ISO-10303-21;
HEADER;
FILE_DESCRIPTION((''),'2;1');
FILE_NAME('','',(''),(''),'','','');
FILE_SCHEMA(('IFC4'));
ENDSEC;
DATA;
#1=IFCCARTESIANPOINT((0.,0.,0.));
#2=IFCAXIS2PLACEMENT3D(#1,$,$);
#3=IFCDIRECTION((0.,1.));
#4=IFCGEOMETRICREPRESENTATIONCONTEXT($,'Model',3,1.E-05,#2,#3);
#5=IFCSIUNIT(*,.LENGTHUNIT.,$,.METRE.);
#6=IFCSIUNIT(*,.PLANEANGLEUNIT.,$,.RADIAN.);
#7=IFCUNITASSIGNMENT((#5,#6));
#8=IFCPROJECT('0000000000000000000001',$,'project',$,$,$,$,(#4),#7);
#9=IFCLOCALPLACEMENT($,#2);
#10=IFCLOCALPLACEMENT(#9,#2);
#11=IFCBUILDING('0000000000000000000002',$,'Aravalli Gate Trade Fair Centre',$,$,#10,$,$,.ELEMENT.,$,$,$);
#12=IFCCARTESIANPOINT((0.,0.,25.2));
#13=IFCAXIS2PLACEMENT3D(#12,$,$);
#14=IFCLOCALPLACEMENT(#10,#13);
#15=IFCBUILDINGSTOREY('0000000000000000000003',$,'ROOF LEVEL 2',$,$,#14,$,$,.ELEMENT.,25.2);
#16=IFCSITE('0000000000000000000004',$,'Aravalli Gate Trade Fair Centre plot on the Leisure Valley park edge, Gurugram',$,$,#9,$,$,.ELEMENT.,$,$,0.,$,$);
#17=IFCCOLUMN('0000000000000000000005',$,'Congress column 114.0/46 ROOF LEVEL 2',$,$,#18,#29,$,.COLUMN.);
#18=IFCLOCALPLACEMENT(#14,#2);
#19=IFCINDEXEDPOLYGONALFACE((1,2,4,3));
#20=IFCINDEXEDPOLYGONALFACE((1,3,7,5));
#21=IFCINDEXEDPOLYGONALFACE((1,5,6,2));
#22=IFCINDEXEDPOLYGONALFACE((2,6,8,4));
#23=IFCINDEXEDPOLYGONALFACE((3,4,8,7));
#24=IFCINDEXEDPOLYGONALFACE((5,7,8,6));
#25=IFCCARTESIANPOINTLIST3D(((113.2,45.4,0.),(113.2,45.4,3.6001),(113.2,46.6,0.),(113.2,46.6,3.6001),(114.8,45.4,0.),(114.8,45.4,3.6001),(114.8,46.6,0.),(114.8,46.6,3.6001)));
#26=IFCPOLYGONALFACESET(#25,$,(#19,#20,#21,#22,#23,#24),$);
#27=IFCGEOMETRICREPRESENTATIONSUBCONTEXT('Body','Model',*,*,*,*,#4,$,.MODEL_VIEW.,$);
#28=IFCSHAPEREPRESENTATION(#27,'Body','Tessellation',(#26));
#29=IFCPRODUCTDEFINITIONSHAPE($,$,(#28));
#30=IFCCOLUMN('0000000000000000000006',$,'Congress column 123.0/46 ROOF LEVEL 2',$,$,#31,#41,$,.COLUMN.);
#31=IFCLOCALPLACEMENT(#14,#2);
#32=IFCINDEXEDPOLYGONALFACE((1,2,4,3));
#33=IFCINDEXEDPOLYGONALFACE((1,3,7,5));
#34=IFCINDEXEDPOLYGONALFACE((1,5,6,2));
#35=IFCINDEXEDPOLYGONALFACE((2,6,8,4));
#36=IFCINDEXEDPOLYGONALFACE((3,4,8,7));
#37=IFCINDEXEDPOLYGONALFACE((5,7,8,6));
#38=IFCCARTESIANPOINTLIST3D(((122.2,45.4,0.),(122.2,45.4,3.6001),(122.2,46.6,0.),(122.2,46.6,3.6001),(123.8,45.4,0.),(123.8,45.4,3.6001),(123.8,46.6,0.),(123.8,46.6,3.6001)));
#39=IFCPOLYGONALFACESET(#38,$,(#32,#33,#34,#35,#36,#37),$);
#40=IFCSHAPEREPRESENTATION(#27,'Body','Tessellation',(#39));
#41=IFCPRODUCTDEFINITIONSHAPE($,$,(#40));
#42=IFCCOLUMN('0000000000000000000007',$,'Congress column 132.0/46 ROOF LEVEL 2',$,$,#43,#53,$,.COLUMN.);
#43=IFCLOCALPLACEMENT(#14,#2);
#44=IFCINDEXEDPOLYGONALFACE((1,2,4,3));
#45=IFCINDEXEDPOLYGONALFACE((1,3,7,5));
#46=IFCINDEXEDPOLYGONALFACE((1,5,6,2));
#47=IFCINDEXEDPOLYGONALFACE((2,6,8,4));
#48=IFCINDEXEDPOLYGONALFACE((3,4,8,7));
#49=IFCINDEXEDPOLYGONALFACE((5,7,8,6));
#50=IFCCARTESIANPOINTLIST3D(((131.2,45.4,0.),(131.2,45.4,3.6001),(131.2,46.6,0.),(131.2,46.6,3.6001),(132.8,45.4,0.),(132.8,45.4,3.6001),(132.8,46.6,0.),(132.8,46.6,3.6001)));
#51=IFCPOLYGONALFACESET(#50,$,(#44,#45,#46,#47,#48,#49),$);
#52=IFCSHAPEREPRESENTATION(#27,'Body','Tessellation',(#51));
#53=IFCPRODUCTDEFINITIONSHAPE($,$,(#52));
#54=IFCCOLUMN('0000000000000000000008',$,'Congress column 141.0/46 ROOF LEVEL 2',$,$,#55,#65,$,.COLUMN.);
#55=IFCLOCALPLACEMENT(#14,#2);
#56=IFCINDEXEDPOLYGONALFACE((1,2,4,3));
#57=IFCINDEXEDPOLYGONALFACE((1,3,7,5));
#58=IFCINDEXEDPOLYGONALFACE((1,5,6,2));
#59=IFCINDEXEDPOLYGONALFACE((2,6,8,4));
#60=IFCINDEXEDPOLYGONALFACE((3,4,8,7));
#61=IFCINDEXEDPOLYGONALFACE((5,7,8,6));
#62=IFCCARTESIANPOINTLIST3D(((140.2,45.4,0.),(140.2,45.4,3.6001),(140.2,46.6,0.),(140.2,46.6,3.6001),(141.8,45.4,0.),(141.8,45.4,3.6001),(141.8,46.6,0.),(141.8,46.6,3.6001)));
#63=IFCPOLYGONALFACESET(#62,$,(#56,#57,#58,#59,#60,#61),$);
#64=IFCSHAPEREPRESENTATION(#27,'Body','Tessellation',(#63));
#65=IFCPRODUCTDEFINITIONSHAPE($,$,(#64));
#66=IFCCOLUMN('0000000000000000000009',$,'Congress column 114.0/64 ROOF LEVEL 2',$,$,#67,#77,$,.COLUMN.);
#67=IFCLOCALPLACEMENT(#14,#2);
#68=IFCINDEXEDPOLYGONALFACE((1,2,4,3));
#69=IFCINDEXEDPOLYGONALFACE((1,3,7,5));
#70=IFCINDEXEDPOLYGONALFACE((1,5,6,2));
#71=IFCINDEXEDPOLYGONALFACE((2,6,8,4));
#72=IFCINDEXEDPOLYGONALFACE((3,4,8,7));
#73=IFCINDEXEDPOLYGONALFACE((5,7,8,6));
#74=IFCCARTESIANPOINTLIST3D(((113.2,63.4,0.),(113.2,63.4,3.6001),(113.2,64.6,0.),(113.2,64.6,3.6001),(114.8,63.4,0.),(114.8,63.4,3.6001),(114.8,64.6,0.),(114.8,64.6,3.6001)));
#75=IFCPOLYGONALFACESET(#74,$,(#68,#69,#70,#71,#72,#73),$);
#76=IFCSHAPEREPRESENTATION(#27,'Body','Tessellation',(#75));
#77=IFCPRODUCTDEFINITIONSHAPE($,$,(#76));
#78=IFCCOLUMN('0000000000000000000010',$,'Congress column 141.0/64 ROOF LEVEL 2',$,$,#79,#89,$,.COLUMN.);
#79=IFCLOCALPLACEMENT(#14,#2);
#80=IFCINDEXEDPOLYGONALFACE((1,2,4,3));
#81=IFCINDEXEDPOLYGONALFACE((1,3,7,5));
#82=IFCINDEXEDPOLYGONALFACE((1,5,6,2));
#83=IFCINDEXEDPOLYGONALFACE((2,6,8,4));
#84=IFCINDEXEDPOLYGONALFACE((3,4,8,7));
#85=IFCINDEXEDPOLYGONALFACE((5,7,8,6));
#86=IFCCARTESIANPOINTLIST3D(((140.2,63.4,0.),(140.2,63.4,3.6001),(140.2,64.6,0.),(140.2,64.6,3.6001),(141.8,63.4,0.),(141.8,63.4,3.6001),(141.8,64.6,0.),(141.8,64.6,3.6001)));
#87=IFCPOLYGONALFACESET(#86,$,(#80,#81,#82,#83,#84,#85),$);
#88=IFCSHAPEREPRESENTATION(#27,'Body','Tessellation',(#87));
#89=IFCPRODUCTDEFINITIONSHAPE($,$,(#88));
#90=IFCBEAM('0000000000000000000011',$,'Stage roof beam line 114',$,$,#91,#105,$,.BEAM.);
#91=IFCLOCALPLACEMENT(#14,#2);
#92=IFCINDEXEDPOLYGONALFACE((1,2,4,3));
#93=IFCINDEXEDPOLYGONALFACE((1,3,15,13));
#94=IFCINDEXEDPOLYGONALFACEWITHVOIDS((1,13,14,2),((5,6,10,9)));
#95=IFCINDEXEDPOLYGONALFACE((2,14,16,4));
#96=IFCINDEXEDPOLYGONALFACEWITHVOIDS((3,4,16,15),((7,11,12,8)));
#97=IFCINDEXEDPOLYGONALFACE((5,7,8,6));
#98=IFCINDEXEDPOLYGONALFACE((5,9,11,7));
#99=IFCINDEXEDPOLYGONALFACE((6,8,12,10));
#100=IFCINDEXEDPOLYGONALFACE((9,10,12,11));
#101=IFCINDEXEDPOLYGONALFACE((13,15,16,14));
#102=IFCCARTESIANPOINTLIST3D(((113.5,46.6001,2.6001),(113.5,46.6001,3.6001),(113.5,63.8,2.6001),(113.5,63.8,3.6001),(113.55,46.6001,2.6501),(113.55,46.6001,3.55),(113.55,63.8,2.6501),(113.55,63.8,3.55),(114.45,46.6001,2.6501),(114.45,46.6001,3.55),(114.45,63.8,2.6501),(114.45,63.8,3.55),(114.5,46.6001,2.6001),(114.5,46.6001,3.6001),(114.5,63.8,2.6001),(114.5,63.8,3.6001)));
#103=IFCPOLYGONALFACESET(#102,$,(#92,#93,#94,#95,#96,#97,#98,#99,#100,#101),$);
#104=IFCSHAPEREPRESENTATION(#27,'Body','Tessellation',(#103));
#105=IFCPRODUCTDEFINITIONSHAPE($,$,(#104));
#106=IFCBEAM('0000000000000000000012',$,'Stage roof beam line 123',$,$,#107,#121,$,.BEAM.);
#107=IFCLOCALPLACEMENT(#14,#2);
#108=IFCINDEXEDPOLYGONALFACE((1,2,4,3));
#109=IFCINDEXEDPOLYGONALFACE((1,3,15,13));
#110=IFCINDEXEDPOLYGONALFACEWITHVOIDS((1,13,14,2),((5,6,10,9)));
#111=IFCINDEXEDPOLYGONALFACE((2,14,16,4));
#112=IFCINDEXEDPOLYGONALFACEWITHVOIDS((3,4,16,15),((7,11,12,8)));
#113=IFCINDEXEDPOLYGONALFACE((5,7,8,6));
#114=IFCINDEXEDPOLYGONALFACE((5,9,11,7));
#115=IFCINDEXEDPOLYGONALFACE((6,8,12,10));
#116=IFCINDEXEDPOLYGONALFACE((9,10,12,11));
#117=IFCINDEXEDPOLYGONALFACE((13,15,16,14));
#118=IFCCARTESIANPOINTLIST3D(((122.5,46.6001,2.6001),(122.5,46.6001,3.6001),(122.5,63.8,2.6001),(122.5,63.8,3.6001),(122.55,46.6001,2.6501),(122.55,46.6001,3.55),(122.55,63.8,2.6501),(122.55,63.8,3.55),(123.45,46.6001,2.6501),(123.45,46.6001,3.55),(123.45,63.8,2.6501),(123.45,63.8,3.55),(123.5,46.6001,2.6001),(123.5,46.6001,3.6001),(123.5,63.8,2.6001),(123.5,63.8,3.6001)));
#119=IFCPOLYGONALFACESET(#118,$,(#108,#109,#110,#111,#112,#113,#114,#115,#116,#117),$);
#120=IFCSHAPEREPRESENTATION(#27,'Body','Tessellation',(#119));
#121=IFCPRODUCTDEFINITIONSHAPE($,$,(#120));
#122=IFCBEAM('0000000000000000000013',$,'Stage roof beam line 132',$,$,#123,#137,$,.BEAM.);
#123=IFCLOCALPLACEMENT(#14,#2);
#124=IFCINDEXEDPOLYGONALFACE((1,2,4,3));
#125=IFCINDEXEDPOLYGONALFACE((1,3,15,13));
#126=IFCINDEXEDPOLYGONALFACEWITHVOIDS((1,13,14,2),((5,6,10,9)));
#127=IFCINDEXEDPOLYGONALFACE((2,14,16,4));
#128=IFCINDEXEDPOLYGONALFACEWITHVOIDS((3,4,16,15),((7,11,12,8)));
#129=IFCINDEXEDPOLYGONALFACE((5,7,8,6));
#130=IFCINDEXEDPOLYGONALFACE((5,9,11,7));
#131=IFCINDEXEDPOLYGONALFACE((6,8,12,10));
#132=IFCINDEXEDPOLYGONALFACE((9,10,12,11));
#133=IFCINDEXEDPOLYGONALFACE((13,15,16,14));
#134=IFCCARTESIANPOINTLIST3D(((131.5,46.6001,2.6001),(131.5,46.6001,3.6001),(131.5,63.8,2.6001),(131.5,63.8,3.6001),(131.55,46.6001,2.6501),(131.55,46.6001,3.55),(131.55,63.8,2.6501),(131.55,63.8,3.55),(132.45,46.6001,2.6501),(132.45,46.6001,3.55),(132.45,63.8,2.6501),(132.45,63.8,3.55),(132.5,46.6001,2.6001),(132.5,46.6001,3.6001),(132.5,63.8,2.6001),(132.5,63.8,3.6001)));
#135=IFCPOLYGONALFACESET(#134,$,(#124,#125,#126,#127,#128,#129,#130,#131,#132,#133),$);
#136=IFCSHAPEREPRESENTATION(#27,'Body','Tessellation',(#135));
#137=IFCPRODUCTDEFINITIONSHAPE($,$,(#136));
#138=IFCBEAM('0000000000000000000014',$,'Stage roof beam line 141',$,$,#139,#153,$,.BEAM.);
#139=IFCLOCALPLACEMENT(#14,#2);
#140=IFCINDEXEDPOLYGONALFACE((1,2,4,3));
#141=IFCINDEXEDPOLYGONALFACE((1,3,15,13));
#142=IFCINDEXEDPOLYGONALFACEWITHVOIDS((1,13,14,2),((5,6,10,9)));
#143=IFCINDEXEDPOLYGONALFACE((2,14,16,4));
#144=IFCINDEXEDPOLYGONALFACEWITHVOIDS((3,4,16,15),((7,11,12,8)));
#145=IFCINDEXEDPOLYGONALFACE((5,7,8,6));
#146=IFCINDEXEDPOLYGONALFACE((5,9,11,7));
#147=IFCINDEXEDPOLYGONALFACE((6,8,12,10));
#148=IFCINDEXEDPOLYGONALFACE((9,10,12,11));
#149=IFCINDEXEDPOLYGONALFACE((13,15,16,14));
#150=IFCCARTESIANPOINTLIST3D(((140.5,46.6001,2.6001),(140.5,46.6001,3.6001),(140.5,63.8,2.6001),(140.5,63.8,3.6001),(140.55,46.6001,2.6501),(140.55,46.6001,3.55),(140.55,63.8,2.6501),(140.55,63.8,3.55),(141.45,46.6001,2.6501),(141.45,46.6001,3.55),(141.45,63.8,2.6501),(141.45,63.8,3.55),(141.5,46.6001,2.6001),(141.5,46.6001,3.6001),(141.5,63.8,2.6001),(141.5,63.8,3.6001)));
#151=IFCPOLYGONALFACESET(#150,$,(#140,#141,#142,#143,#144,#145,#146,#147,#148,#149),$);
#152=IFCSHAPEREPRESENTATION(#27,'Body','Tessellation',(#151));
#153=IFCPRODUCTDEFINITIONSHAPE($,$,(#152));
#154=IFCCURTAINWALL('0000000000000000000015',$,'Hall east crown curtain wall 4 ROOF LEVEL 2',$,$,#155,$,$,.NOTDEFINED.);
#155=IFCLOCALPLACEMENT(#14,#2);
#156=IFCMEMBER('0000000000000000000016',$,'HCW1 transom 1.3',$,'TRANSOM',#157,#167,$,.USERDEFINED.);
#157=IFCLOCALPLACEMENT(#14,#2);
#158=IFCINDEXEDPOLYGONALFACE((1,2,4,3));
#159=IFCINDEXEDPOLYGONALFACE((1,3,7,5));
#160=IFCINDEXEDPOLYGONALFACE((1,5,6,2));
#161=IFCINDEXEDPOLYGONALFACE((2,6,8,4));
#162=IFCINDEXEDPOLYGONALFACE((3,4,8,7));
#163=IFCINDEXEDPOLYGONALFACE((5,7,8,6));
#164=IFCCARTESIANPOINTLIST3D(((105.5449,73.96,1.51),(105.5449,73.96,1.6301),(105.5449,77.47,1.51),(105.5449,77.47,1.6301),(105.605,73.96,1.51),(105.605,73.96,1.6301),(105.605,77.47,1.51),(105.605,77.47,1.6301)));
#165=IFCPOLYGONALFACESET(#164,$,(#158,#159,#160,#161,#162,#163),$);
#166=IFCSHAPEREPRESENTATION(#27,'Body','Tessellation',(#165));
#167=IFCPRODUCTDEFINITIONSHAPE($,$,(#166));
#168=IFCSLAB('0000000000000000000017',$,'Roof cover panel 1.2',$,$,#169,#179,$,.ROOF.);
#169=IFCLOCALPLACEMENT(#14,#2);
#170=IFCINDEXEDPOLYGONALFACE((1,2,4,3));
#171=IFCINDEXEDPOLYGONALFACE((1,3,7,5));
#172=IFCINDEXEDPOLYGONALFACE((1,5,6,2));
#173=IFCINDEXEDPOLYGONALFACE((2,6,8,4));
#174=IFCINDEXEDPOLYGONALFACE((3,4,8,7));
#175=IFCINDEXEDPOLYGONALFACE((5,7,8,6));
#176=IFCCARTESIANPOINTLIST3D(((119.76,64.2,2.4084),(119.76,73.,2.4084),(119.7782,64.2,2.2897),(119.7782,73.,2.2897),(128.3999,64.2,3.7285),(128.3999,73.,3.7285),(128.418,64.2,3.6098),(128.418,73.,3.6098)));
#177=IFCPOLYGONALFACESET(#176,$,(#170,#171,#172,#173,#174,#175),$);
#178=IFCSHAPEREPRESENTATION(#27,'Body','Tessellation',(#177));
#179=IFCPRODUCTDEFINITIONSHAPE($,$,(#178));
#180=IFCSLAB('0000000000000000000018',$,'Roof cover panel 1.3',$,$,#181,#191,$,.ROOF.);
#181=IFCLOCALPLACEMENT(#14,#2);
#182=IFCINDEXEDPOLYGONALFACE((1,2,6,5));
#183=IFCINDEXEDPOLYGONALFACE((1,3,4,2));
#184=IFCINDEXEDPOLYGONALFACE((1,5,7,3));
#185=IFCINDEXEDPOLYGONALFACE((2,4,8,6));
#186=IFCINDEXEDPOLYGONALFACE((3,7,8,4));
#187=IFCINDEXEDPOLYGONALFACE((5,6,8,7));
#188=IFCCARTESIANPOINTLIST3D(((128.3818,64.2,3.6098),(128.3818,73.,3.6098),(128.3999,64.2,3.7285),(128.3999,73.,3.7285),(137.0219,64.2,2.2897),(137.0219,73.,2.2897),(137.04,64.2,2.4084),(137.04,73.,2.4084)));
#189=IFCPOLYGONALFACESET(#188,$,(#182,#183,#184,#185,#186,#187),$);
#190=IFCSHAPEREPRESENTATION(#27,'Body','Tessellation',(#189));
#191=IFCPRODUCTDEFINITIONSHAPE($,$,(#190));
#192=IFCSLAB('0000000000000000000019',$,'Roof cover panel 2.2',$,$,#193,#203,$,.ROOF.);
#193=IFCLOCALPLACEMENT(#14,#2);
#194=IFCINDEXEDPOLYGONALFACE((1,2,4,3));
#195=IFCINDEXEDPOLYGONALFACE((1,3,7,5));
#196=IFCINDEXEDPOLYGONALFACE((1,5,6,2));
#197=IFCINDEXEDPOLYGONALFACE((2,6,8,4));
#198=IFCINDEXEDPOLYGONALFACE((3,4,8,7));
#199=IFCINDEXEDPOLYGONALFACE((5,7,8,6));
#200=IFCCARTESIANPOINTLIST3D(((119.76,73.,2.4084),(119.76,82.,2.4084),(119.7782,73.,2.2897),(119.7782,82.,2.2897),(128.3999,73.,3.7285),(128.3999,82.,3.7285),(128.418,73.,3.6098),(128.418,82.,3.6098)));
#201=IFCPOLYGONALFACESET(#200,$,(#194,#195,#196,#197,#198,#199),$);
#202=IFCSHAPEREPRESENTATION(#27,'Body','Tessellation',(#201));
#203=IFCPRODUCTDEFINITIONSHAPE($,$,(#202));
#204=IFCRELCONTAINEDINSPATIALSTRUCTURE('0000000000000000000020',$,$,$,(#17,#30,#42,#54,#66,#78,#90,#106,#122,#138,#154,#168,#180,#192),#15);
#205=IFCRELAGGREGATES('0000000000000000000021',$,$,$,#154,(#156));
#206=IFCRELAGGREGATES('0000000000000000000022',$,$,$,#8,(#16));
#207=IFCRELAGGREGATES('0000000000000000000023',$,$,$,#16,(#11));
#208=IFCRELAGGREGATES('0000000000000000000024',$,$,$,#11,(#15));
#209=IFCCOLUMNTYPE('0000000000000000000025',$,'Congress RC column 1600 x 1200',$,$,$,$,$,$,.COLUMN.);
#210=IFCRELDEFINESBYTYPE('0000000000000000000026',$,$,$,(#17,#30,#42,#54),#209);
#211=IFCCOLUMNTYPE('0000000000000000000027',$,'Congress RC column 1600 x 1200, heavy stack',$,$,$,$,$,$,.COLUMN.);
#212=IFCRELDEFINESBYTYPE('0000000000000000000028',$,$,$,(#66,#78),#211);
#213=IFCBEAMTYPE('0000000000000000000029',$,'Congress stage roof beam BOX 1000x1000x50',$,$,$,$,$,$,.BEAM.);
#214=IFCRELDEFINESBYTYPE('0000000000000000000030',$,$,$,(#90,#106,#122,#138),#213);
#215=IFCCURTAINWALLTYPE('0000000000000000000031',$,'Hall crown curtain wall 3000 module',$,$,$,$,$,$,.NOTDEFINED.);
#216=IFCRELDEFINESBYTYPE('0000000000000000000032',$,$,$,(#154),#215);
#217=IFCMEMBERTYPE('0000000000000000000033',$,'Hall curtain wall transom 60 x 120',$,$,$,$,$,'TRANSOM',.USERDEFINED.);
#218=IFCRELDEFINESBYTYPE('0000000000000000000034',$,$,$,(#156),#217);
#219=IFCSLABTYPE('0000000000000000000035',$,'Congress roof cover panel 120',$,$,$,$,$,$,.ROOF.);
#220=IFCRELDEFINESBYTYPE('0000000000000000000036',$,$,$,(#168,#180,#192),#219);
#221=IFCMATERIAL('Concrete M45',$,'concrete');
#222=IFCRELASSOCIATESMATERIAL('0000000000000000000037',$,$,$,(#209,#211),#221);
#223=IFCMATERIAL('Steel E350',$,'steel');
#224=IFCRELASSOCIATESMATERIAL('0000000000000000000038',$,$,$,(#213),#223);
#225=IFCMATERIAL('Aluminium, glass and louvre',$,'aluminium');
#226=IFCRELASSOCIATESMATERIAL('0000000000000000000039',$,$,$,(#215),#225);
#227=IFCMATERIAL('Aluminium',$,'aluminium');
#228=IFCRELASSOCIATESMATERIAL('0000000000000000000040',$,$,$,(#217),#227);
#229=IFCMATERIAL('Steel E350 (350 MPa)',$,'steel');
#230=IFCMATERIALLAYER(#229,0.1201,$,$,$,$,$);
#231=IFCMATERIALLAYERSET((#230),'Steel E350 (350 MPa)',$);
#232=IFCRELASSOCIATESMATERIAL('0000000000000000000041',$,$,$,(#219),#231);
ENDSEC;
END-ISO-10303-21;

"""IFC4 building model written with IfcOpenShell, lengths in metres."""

from ifc_helpers import new_model, si_unit, direction, frame, origin, origin_2d, place, context, subcontext, project, spatial, polyline, rectangle, hollow_rectangle, outline, extrude, material, layer, layer_set, material_profile, profile_set, type_object, element, aggregate, save


model = new_model("IFC4")

# Units and contexts
model_context = context("Model", 3, precision=1e-05, world=origin(), true_north=direction((0.0, 1.0)))
body_context = subcontext(model_context, "Body", "Model", "MODEL_VIEW")
ifc_project = project(units=[si_unit("LENGTHUNIT", "METRE"), si_unit("PLANEANGLEUNIT", "RADIAN")], contexts=[model_context])

# Site, building, storey
site_placement = place(None, origin())
site = spatial("IfcSite", under=ifc_project, at=site_placement, Name="Aravalli Gate Trade Fair Centre plot on the Leisure Valley park edge, Gurugram", CompositionType="ELEMENT", RefElevation=0.0)
building_placement = place(site_placement, origin())
building = spatial("IfcBuilding", under=site, at=building_placement, Name="Aravalli Gate Trade Fair Centre", CompositionType="ELEMENT")
storey_placement = place(building_placement, frame((0.0, 0.0, 25.2)))
storey = spatial("IfcBuildingStorey", under=building, at=storey_placement, Name="ROOF LEVEL 2", CompositionType="ELEMENT", Elevation=25.2)

# Columns
ifc_material_1 = material(Name="Concrete M45", Category="concrete")
ifc_material_profile_1 = material_profile(ifc_material_1, rectangle(XDim=1.6001, YDim=1.2, at=origin_2d()), Name="RC 1600x1200")
ifc_profile_set_1 = profile_set([ifc_material_profile_1], Name="Concrete M45")
column_type_1 = type_object("IfcColumnType", Name="Congress RC column 1600 x 1200", PredefinedType="COLUMN", material=ifc_profile_set_1)
for number, where, z_axis, x_axis, name in (
    (1, (114.0, 46.0, 0.0), (0.0, 0.0, 1.0), (1.0, 0.0, 0.0), "Congress column 114.0/46 ROOF LEVEL 2"),
    (2, (123.0, 46.0, 0.0), (0.0, 0.0, 1.0), (1.0, 0.0, 0.0), "Congress column 123.0/46 ROOF LEVEL 2"),
    (3, (132.0, 46.0, 0.0), (0.0, 0.0, 1.0), (1.0, 0.0, 0.0), "Congress column 132.0/46 ROOF LEVEL 2"),
    (4, (141.0, 46.0, 0.0), (0.0, 0.0, 1.0), (1.0, 0.0, 0.0), "Congress column 141.0/46 ROOF LEVEL 2"),
):
    element("IfcColumn", number, at=place(storey_placement, frame(where, z_axis=z_axis, x_axis=x_axis)), inside=storey, type_object=column_type_1, Name=name, PredefinedType="COLUMN", context=body_context, shape_type="SweptSolid", body=[
        extrude(rectangle(XDim=1.6001, YDim=1.2, at=origin_2d()), origin(), (0.0, 0.0, 1.0), 3.6001),
    ])
ifc_material_profile_2 = material_profile(ifc_material_1, rectangle(XDim=1.6001, YDim=1.2, at=origin_2d()), Name="RC 1600x1200")
ifc_profile_set_2 = profile_set([ifc_material_profile_2], Name="Concrete M45")
column_type_2 = type_object("IfcColumnType", Name="Congress RC column 1600 x 1200, heavy stack", PredefinedType="COLUMN", material=ifc_profile_set_2)
for number, where, z_axis, x_axis, name in (
    (5, (114.0, 64.0, 0.0), (0.0, 0.0, 1.0), (1.0, 0.0, 0.0), "Congress column 114.0/64 ROOF LEVEL 2"),
    (6, (141.0, 64.0, 0.0), (0.0, 0.0, 1.0), (1.0, 0.0, 0.0), "Congress column 141.0/64 ROOF LEVEL 2"),
):
    element("IfcColumn", number, at=place(storey_placement, frame(where, z_axis=z_axis, x_axis=x_axis)), inside=storey, type_object=column_type_2, Name=name, PredefinedType="COLUMN", context=body_context, shape_type="SweptSolid", body=[
        extrude(rectangle(XDim=1.6001, YDim=1.2, at=origin_2d()), origin(), (0.0, 0.0, 1.0), 3.6001),
    ])

# Beams
ifc_material_2 = material(Name="Steel E350", Category="steel")
ifc_material_profile_3 = material_profile(ifc_material_2, hollow_rectangle(XDim=1.0, YDim=1.0, WallThickness=0.05, at=origin_2d()), Name="BOX 1000x1000x50")
ifc_profile_set_3 = profile_set([ifc_material_profile_3], Name="Steel E350")
beam_type = type_object("IfcBeamType", Name="Congress stage roof beam BOX 1000x1000x50", PredefinedType="BEAM", material=ifc_profile_set_3)
for number, where, z_axis, x_axis, name in (
    (7, (114.0, 46.6001, 3.1001), (0.0, 1.0, 0.0), (-1.0, 0.0, 0.0), "Stage roof beam line 114"),
    (8, (123.0, 46.6001, 3.1001), (0.0, 1.0, 0.0), (-1.0, 0.0, 0.0), "Stage roof beam line 123"),
    (9, (132.0, 46.6001, 3.1001), (0.0, 1.0, 0.0), (-1.0, 0.0, 0.0), "Stage roof beam line 132"),
    (10, (141.0, 46.6001, 3.1001), (0.0, 1.0, 0.0), (-1.0, 0.0, 0.0), "Stage roof beam line 141"),
):
    element("IfcBeam", number, at=place(storey_placement, frame(where, z_axis=z_axis, x_axis=x_axis)), inside=storey, type_object=beam_type, Name=name, PredefinedType="BEAM", context=body_context, shape_type="SweptSolid", body=[
        extrude(hollow_rectangle(XDim=1.0, YDim=1.0, WallThickness=0.05, at=origin_2d()), origin(), (0.0, 0.0, 1.0), 17.2),
    ])

# Curtain wall, member
ifc_material_3 = material(Name="Aluminium, glass and louvre", Category="aluminium")
curtain_wall_type = type_object("IfcCurtainWallType", Name="Hall crown curtain wall 3000 module", PredefinedType="NOTDEFINED", material=ifc_material_3)
curtain_wall_placement = place(storey_placement, origin())
curtain_wall = element("IfcCurtainWall", 11, at=curtain_wall_placement, inside=storey, type_object=curtain_wall_type, Name="Hall east crown curtain wall 4 ROOF LEVEL 2", PredefinedType="NOTDEFINED")
ifc_material_4 = material(Name="Aluminium", Category="aluminium")
ifc_material_profile_4 = material_profile(ifc_material_4, rectangle(XDim=0.0601, YDim=0.1201, at=origin_2d()), Name="Hall curtain wall transom 60 x 120")
ifc_profile_set_4 = profile_set([ifc_material_profile_4], Name="Aluminium")
member_type = type_object("IfcMemberType", Name="Hall curtain wall transom 60 x 120", ElementType="TRANSOM", PredefinedType="USERDEFINED", material=ifc_profile_set_4)
member_placement = place(storey_placement, frame((105.575, 73.96, 1.5701), z_axis=(0.0, 1.0, 0.0), x_axis=(-1.0, 0.0, 0.0)))
member = element("IfcMember", 12, at=member_placement, type_object=member_type, Name="HCW1 transom 1.3", ObjectType="TRANSOM", PredefinedType="USERDEFINED", context=body_context, shape_type="SweptSolid", body=[
    extrude(rectangle(XDim=0.0601, YDim=0.1201, at=origin_2d()), origin(), (0.0, 0.0, 1.0), 3.51),
])

# Slabs
ifc_material_5 = material(Name="Steel E350 (350 MPa)", Category="steel")
ifc_layer_1 = layer(ifc_material_5, 0.1201)
ifc_layer_set_1 = layer_set([ifc_layer_1], Name="Steel E350 (350 MPa)")
slab_type = type_object("IfcSlabType", Name="Congress roof cover panel 120", PredefinedType="ROOF", material=ifc_layer_set_1)
slab_1_placement = place(storey_placement, frame((119.76, 64.2, 2.4084), z_axis=(-0.151035, 0.0, 0.988528), x_axis=(0.988528, 0.0, 0.151035)))
element("IfcSlab", 13, at=slab_1_placement, inside=storey, type_object=slab_type, Name="Roof cover panel 1.2", PredefinedType="ROOF", context=body_context, shape_type="SweptSolid", body=[
    extrude(outline(polyline([(0.0, 0.0), (8.7402, 0.0), (8.7402, 8.8), (0.0, 8.8), (0.0, 0.0)])), origin(), (0.0, 0.0, -1.0), 0.1201),
])
slab_2_placement = place(storey_placement, frame((128.3999, 64.2, 3.7285), z_axis=(0.151031, 0.0, 0.988529), x_axis=(0.988529, 0.0, -0.151031)))
element("IfcSlab", 14, at=slab_2_placement, inside=storey, type_object=slab_type, Name="Roof cover panel 1.3", PredefinedType="ROOF", context=body_context, shape_type="SweptSolid", body=[
    extrude(outline(polyline([(0.0, 0.0), (8.7404, 0.0), (8.7404, 8.8), (0.0, 8.8), (0.0, 0.0)])), origin(), (0.0, 0.0, -1.0), 0.1201),
])
slab_3_placement = place(storey_placement, frame((119.76, 73.0, 2.4084), z_axis=(-0.151035, 0.0, 0.988528), x_axis=(0.988528, 0.0, 0.151035)))
element("IfcSlab", 15, at=slab_3_placement, inside=storey, type_object=slab_type, Name="Roof cover panel 2.2", PredefinedType="ROOF", context=body_context, shape_type="SweptSolid", body=[
    extrude(outline(polyline([(0.0, 0.0), (8.7402, 0.0), (8.7402, 9.0), (0.0, 9.0), (0.0, 0.0)])), origin(), (0.0, 0.0, -1.0), 0.1201),
])

aggregate(curtain_wall, [member])

save(model, "model.ifc")
